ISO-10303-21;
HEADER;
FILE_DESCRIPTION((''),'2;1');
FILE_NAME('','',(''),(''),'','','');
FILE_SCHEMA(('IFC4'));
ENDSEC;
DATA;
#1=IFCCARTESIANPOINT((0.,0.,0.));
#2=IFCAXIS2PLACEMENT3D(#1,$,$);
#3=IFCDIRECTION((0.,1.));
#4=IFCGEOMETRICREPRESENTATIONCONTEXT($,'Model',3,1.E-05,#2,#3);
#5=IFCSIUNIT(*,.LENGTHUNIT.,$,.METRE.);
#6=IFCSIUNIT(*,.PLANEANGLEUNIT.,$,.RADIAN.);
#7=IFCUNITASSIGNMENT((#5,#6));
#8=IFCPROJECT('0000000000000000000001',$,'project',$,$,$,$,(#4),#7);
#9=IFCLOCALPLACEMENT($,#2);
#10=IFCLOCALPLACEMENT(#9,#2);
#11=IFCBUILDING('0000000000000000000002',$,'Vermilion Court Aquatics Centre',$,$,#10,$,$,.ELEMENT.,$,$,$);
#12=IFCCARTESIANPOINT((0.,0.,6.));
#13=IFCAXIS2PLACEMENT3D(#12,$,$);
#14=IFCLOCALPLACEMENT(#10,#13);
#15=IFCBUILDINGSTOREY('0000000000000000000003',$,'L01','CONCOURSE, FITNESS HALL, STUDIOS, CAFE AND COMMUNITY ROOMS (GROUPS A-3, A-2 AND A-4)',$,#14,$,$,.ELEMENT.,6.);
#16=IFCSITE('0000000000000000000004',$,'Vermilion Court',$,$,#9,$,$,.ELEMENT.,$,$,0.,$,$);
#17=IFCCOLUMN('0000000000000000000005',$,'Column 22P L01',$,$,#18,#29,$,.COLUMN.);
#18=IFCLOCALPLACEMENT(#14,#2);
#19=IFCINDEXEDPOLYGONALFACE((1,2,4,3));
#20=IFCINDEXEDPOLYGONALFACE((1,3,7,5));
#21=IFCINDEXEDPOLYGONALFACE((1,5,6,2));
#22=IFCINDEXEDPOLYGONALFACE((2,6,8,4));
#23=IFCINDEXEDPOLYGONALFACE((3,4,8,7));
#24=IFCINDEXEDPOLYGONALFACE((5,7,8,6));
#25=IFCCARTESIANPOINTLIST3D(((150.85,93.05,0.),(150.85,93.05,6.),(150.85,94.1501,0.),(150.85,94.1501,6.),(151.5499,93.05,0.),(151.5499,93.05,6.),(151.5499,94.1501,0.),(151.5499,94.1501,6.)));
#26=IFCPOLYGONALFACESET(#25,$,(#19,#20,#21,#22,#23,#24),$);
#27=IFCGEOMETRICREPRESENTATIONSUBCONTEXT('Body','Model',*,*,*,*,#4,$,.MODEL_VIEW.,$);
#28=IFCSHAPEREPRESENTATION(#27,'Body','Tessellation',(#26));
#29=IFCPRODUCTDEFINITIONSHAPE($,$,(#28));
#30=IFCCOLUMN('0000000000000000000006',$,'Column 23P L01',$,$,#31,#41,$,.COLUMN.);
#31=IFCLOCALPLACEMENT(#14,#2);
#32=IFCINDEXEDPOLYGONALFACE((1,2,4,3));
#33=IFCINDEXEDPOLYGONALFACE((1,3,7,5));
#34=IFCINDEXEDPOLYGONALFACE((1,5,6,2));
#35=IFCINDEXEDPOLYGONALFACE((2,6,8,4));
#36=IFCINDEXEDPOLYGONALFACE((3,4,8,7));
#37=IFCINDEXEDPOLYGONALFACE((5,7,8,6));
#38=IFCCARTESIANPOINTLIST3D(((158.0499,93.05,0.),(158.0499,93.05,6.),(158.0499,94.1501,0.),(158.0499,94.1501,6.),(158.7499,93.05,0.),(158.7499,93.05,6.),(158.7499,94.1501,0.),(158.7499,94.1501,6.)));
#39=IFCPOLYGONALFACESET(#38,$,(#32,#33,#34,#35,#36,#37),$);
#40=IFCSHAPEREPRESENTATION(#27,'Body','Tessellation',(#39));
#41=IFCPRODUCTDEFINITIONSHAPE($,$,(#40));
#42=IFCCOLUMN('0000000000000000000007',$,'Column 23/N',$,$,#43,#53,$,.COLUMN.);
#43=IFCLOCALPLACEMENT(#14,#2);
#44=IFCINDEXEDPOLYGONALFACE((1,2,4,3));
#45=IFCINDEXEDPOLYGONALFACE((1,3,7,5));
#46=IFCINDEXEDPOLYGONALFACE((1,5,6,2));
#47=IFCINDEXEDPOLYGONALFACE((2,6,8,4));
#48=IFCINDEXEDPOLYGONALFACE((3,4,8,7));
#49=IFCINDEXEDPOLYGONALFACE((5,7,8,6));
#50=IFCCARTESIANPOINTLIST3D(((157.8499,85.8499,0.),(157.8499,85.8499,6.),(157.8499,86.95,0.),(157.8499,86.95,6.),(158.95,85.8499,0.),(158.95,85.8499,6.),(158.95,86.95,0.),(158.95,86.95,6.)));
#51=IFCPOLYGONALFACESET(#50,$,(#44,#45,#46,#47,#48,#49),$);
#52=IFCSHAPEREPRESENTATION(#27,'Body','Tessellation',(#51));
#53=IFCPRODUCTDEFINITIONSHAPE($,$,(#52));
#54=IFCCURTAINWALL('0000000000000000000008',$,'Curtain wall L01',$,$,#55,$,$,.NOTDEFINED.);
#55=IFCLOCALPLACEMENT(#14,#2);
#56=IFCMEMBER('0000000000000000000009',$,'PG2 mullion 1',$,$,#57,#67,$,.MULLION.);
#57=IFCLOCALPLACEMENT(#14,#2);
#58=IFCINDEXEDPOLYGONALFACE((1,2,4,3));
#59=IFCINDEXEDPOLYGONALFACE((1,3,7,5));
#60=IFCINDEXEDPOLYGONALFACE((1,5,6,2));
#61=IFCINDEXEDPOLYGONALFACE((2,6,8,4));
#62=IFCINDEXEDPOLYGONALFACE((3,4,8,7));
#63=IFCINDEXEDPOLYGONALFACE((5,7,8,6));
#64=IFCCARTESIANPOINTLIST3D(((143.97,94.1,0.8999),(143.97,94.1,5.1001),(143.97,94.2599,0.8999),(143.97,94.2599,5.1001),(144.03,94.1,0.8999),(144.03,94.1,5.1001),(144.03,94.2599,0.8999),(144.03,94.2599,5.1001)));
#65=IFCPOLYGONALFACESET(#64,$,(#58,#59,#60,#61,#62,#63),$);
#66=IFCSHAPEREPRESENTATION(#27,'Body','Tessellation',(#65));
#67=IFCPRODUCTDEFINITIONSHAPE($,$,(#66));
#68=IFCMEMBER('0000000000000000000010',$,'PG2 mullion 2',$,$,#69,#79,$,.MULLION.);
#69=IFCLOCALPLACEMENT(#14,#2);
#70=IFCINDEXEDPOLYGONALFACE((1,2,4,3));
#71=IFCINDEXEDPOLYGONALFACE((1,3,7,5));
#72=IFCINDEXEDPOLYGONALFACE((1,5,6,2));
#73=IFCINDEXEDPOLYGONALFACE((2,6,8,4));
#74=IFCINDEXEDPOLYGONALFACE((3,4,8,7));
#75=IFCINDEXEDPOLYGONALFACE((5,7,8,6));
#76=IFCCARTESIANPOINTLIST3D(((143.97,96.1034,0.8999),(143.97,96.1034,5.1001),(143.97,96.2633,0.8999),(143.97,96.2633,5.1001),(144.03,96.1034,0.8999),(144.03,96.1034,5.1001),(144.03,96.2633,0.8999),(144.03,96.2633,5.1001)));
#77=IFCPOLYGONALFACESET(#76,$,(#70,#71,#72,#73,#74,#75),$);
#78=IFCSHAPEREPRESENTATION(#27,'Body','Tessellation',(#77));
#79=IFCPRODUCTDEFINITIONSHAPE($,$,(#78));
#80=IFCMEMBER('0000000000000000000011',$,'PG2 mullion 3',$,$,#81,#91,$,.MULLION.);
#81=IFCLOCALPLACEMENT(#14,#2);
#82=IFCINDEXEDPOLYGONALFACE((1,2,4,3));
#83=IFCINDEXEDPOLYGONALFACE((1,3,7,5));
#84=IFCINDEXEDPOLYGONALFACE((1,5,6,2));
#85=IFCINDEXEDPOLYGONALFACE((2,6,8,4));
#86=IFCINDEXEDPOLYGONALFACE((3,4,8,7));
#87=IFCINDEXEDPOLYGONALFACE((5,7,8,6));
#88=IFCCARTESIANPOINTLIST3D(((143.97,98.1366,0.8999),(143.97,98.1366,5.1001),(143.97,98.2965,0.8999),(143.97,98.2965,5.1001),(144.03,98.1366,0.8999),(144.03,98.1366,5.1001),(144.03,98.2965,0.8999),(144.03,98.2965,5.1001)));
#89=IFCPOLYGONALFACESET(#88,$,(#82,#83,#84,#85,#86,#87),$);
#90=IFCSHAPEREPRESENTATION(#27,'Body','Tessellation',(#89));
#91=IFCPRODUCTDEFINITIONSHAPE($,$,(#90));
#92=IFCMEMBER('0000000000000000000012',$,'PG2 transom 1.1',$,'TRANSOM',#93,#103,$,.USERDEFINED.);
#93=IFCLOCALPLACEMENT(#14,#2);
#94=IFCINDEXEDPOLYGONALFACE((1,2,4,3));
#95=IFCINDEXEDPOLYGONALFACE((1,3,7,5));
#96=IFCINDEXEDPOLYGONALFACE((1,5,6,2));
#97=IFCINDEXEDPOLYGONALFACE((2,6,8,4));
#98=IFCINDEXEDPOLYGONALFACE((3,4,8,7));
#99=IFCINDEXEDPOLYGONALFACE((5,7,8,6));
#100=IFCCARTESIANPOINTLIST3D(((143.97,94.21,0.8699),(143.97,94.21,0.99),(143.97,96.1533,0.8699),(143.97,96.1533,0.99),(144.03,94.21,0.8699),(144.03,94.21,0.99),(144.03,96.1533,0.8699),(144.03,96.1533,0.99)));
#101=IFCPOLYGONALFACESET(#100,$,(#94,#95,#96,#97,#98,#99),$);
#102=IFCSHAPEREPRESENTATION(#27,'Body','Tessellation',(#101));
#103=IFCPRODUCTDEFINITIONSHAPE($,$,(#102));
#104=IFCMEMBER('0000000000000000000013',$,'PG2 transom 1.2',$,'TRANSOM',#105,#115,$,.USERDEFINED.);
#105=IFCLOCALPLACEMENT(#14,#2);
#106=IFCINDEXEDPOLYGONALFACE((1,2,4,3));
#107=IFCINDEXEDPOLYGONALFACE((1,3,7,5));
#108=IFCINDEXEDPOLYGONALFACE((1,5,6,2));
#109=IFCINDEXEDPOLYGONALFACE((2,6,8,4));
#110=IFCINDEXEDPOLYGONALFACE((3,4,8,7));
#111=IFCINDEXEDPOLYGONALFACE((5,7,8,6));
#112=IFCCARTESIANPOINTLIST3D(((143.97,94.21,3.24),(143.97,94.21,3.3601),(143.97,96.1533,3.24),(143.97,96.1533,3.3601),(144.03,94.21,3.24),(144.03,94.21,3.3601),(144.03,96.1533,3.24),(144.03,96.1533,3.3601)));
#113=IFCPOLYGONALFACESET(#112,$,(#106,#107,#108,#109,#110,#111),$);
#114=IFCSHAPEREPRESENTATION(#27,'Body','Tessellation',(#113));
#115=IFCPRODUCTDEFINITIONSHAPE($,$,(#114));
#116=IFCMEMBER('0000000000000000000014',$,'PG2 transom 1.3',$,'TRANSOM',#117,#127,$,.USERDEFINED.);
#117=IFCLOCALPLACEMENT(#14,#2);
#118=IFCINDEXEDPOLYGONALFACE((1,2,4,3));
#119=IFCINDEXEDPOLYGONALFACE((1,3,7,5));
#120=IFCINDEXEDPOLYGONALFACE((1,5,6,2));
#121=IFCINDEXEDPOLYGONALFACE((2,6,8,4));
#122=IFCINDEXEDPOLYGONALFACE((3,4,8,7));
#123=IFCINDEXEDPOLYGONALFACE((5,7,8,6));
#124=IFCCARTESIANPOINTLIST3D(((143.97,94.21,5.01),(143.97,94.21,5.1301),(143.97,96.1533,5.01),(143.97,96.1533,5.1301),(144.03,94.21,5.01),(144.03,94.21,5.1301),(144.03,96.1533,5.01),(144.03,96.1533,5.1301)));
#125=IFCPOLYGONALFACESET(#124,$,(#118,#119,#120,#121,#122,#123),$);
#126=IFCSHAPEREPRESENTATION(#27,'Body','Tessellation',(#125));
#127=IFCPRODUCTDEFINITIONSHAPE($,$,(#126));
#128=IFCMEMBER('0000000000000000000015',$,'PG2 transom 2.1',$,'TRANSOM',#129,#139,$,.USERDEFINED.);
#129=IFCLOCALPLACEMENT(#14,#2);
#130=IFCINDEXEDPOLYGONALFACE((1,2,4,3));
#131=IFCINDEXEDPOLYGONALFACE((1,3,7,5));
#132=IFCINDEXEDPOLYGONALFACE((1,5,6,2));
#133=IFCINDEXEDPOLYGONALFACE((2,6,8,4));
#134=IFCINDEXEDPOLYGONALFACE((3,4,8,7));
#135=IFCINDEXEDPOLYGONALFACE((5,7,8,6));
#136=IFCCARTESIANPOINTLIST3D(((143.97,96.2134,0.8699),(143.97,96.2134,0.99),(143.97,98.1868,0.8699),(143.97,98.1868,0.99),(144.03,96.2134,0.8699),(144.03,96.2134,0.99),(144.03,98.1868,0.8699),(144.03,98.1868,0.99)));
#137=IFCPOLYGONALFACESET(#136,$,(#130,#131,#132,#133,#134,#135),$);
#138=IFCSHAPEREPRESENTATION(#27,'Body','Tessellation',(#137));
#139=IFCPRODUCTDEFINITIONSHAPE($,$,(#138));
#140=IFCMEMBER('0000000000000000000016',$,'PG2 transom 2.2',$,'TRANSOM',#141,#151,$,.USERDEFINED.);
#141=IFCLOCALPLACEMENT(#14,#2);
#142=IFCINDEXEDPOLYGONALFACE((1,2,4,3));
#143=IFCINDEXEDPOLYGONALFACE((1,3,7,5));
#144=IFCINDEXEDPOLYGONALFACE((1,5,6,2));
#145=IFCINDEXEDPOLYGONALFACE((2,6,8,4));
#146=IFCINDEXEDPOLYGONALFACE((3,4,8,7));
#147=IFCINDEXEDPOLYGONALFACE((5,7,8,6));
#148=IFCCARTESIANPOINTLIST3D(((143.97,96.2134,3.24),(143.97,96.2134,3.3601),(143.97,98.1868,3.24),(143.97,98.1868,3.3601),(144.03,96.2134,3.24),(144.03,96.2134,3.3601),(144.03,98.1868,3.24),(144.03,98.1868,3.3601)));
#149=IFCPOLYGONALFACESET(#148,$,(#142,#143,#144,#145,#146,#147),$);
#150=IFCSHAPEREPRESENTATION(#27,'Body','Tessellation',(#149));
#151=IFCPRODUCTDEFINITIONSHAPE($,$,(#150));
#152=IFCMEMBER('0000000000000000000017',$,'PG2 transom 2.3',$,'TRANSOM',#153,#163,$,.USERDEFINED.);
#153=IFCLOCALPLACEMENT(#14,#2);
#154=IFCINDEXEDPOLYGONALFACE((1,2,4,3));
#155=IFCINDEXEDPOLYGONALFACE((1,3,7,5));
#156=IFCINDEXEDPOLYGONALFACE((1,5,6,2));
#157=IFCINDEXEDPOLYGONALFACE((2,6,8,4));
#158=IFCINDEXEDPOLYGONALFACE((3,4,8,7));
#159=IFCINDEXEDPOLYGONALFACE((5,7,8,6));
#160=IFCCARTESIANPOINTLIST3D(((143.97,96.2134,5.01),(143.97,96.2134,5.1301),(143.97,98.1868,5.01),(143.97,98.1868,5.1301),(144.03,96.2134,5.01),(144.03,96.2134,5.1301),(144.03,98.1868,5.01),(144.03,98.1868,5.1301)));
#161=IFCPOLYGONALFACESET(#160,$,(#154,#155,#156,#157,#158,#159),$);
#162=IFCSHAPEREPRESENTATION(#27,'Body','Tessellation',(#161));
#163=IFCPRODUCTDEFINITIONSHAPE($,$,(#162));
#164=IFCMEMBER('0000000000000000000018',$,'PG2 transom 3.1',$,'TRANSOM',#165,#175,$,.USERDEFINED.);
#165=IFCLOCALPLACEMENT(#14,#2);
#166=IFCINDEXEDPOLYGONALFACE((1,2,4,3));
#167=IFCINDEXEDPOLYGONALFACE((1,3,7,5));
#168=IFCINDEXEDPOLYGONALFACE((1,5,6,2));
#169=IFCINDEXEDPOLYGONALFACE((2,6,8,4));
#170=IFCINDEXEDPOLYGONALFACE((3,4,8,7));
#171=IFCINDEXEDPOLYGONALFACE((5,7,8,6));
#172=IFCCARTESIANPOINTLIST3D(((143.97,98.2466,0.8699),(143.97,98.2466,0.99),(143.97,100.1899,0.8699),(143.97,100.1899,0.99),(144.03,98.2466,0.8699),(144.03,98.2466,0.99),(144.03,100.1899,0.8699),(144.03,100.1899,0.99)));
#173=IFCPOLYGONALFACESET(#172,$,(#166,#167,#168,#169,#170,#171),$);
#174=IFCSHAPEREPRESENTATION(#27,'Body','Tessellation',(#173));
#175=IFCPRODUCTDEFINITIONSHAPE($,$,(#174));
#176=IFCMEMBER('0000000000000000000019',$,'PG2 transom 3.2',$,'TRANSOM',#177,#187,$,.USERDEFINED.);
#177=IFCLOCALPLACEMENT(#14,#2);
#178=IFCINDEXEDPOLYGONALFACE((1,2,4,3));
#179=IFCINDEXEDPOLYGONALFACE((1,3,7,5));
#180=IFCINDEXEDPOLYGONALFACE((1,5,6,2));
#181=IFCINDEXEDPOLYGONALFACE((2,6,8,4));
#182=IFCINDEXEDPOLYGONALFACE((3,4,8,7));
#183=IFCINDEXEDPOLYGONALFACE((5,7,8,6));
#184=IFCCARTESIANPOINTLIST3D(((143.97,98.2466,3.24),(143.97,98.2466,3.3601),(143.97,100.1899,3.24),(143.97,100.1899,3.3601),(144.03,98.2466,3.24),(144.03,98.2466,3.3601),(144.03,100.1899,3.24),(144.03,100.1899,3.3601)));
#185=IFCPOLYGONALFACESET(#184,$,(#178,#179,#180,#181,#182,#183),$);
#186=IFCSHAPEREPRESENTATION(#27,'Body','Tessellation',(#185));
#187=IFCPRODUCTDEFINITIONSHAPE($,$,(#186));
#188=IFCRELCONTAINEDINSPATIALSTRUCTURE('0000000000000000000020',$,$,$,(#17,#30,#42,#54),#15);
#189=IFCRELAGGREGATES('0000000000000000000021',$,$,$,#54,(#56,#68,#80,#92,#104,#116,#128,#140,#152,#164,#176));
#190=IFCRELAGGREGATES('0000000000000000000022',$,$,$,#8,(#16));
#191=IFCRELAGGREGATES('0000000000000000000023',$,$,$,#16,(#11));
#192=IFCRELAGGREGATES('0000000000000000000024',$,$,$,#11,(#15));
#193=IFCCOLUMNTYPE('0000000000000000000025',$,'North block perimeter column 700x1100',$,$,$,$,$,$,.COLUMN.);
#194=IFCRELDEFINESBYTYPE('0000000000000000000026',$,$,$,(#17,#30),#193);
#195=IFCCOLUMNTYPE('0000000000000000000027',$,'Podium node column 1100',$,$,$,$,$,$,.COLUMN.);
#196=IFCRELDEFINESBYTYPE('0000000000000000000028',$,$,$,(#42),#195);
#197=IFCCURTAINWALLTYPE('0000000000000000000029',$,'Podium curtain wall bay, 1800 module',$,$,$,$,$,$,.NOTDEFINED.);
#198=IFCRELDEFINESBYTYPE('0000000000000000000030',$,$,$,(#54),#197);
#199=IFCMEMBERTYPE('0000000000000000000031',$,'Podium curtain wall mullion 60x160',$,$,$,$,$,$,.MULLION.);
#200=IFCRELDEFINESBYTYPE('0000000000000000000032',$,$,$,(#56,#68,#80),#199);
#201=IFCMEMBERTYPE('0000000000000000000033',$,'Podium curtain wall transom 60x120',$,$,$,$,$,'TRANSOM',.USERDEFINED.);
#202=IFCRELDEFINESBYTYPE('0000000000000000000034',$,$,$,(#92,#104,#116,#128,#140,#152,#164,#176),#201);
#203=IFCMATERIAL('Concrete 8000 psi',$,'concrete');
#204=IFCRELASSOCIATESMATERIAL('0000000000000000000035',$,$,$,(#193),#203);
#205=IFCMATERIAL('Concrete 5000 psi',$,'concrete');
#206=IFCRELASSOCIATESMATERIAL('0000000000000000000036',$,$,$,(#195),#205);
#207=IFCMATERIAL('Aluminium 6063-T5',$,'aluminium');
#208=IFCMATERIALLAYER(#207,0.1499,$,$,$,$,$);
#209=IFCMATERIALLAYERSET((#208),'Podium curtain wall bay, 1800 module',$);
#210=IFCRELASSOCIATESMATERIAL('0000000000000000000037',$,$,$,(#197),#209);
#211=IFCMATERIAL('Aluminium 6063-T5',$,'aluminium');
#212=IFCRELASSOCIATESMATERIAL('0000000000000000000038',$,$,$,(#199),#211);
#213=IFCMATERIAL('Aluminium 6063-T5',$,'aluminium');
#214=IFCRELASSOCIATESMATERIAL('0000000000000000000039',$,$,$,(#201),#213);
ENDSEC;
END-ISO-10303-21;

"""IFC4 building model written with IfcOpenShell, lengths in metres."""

from ifc_helpers import new_model, si_unit, direction, frame, origin, origin_2d, place, context, subcontext, project, spatial, rectangle, extrude, material, layer, layer_set, material_profile, profile_set, type_object, element, aggregate, save


model = new_model("IFC4")

# Units and contexts
model_context = context("Model", 3, precision=1e-05, world=origin(), true_north=direction((0.0, 1.0)))
body_context = subcontext(model_context, "Body", "Model", "MODEL_VIEW")
ifc_project = project(units=[si_unit("LENGTHUNIT", "METRE"), si_unit("PLANEANGLEUNIT", "RADIAN")], contexts=[model_context])

# Site, building, storey
site_placement = place(None, origin())
site = spatial("IfcSite", under=ifc_project, at=site_placement, Name="Vermilion Court", CompositionType="ELEMENT", RefElevation=0.0)
building_placement = place(site_placement, origin())
building = spatial("IfcBuilding", under=site, at=building_placement, Name="Vermilion Court Aquatics Centre", CompositionType="ELEMENT")
storey_placement = place(building_placement, frame((0.0, 0.0, 6.0)))
storey = spatial("IfcBuildingStorey", under=building, at=storey_placement, Name="L01", Description="CONCOURSE, FITNESS HALL, STUDIOS, CAFE AND COMMUNITY ROOMS (GROUPS A-3, A-2 AND A-4)", CompositionType="ELEMENT", Elevation=6.0)

# Columns
ifc_material_1 = material(Name="Concrete 8000 psi", Category="concrete")
ifc_material_profile_1 = material_profile(ifc_material_1, rectangle(XDim=0.7, YDim=1.1001, at=origin_2d()), Name="RC 700x1100")
ifc_profile_set_1 = profile_set([ifc_material_profile_1], Name="Concrete 8000 psi")
column_type_1 = type_object("IfcColumnType", Name="North block perimeter column 700x1100", PredefinedType="COLUMN", material=ifc_profile_set_1)
for number, where, z_axis, x_axis, name in (
    (1, (151.2, 93.6001, 0.0), (0.0, 0.0, 1.0), (1.0, 0.0, 0.0), "Column 22P L01"),
    (2, (158.3999, 93.6001, 0.0), (0.0, 0.0, 1.0), (1.0, 0.0, 0.0), "Column 23P L01"),
):
    element("IfcColumn", number, at=place(storey_placement, frame(where, z_axis=z_axis, x_axis=x_axis)), inside=storey, type_object=column_type_1, Name=name, PredefinedType="COLUMN", context=body_context, shape_type="SweptSolid", body=[
        extrude(rectangle(XDim=0.7, YDim=1.1001, at=origin_2d()), origin(), (0.0, 0.0, 1.0), 6.0),
    ])
ifc_material_2 = material(Name="Concrete 5000 psi", Category="concrete")
ifc_material_profile_2 = material_profile(ifc_material_2, rectangle(XDim=1.1001, YDim=1.1001, at=origin_2d()), Name="RC 1100x1100")
ifc_profile_set_2 = profile_set([ifc_material_profile_2], Name="Concrete 5000 psi")
column_type_2 = type_object("IfcColumnType", Name="Podium node column 1100", PredefinedType="COLUMN", material=ifc_profile_set_2)
column_placement = place(storey_placement, frame((158.3999, 86.3999, 0.0), z_axis=(0.0, 0.0, 1.0), x_axis=(1.0, 0.0, 0.0)))
element("IfcColumn", 3, at=column_placement, inside=storey, type_object=column_type_2, Name="Column 23/N", PredefinedType="COLUMN", context=body_context, shape_type="SweptSolid", body=[
    extrude(rectangle(XDim=1.1001, YDim=1.1001, at=origin_2d()), origin(), (0.0, 0.0, 1.0), 6.0),
])

# Curtain wall, members
ifc_material_3 = material(Name="Aluminium 6063-T5", Category="aluminium")
ifc_layer_1 = layer(ifc_material_3, 0.1499)
ifc_layer_set_1 = layer_set([ifc_layer_1], Name="Podium curtain wall bay, 1800 module")
curtain_wall_type = type_object("IfcCurtainWallType", Name="Podium curtain wall bay, 1800 module", PredefinedType="NOTDEFINED", material=ifc_layer_set_1)
curtain_wall_placement = place(storey_placement, origin())
curtain_wall = element("IfcCurtainWall", 4, at=curtain_wall_placement, inside=storey, type_object=curtain_wall_type, Name="Curtain wall L01", PredefinedType="NOTDEFINED")
ifc_material_4 = material(Name="Aluminium 6063-T5", Category="aluminium")
ifc_material_profile_3 = material_profile(ifc_material_4, rectangle(XDim=0.0601, YDim=0.1599, at=origin_2d()), Name="Mullion 60x160")
ifc_profile_set_3 = profile_set([ifc_material_profile_3], Name="Aluminium 6063-T5")
member_type_1 = type_object("IfcMemberType", Name="Podium curtain wall mullion 60x160", PredefinedType="MULLION", material=ifc_profile_set_3)
member_1_placement = place(storey_placement, frame((144.0, 94.1799, 0.8999), z_axis=(0.0, 0.0, 1.0), x_axis=(-1.0, 0.0, 0.0)))
member_1 = element("IfcMember", 5, at=member_1_placement, type_object=member_type_1, Name="PG2 mullion 1", PredefinedType="MULLION", context=body_context, shape_type="SweptSolid", body=[
    extrude(rectangle(XDim=0.0601, YDim=0.1599, at=origin_2d()), origin(), (0.0, 0.0, 1.0), 4.2002),
])
member_2_placement = place(storey_placement, frame((144.0, 96.1833, 0.8999), z_axis=(0.0, 0.0, 1.0), x_axis=(-1.0, 0.0, 0.0)))
member_2 = element("IfcMember", 6, at=member_2_placement, type_object=member_type_1, Name="PG2 mullion 2", PredefinedType="MULLION", context=body_context, shape_type="SweptSolid", body=[
    extrude(rectangle(XDim=0.0601, YDim=0.1599, at=origin_2d()), origin(), (0.0, 0.0, 1.0), 4.2002),
])
member_3_placement = place(storey_placement, frame((144.0, 98.2166, 0.8999), z_axis=(0.0, 0.0, 1.0), x_axis=(-1.0, 0.0, 0.0)))
member_3 = element("IfcMember", 7, at=member_3_placement, type_object=member_type_1, Name="PG2 mullion 3", PredefinedType="MULLION", context=body_context, shape_type="SweptSolid", body=[
    extrude(rectangle(XDim=0.0601, YDim=0.1599, at=origin_2d()), origin(), (0.0, 0.0, 1.0), 4.2002),
])
ifc_material_5 = material(Name="Aluminium 6063-T5", Category="aluminium")
ifc_material_profile_4 = material_profile(ifc_material_5, rectangle(XDim=0.0601, YDim=0.1201, at=origin_2d()), Name="Transom 60x120")
ifc_profile_set_4 = profile_set([ifc_material_profile_4], Name="Aluminium 6063-T5")
member_type_2 = type_object("IfcMemberType", Name="Podium curtain wall transom 60x120", ElementType="TRANSOM", PredefinedType="USERDEFINED", material=ifc_profile_set_4)
member_4_placement = place(storey_placement, frame((144.0, 94.21, 0.9299), z_axis=(0.0, 1.0, 0.0), x_axis=(-1.0, 0.0, 0.0)))
member_4 = element("IfcMember", 8, at=member_4_placement, type_object=member_type_2, Name="PG2 transom 1.1", ObjectType="TRANSOM", PredefinedType="USERDEFINED", context=body_context, shape_type="SweptSolid", body=[
    extrude(rectangle(XDim=0.0601, YDim=0.1201, at=origin_2d()), origin(), (0.0, 0.0, 1.0), 1.9434),
])
member_5_placement = place(storey_placement, frame((144.0, 94.21, 3.3), z_axis=(0.0, 1.0, 0.0), x_axis=(-1.0, 0.0, 0.0)))
member_5 = element("IfcMember", 9, at=member_5_placement, type_object=member_type_2, Name="PG2 transom 1.2", ObjectType="TRANSOM", PredefinedType="USERDEFINED", context=body_context, shape_type="SweptSolid", body=[
    extrude(rectangle(XDim=0.0601, YDim=0.1201, at=origin_2d()), origin(), (0.0, 0.0, 1.0), 1.9434),
])
member_6_placement = place(storey_placement, frame((144.0, 94.21, 5.0701), z_axis=(0.0, 1.0, 0.0), x_axis=(-1.0, 0.0, 0.0)))
member_6 = element("IfcMember", 10, at=member_6_placement, type_object=member_type_2, Name="PG2 transom 1.3", ObjectType="TRANSOM", PredefinedType="USERDEFINED", context=body_context, shape_type="SweptSolid", body=[
    extrude(rectangle(XDim=0.0601, YDim=0.1201, at=origin_2d()), origin(), (0.0, 0.0, 1.0), 1.9434),
])
member_7_placement = place(storey_placement, frame((144.0, 96.2134, 0.9299), z_axis=(0.0, 1.0, 0.0), x_axis=(-1.0, 0.0, 0.0)))
member_7 = element("IfcMember", 11, at=member_7_placement, type_object=member_type_2, Name="PG2 transom 2.1", ObjectType="TRANSOM", PredefinedType="USERDEFINED", context=body_context, shape_type="SweptSolid", body=[
    extrude(rectangle(XDim=0.0601, YDim=0.1201, at=origin_2d()), origin(), (0.0, 0.0, 1.0), 1.9734),
])
member_8_placement = place(storey_placement, frame((144.0, 96.2134, 3.3), z_axis=(0.0, 1.0, 0.0), x_axis=(-1.0, 0.0, 0.0)))
member_8 = element("IfcMember", 12, at=member_8_placement, type_object=member_type_2, Name="PG2 transom 2.2", ObjectType="TRANSOM", PredefinedType="USERDEFINED", context=body_context, shape_type="SweptSolid", body=[
    extrude(rectangle(XDim=0.0601, YDim=0.1201, at=origin_2d()), origin(), (0.0, 0.0, 1.0), 1.9734),
])
member_9_placement = place(storey_placement, frame((144.0, 96.2134, 5.0701), z_axis=(0.0, 1.0, 0.0), x_axis=(-1.0, 0.0, 0.0)))
member_9 = element("IfcMember", 13, at=member_9_placement, type_object=member_type_2, Name="PG2 transom 2.3", ObjectType="TRANSOM", PredefinedType="USERDEFINED", context=body_context, shape_type="SweptSolid", body=[
    extrude(rectangle(XDim=0.0601, YDim=0.1201, at=origin_2d()), origin(), (0.0, 0.0, 1.0), 1.9734),
])
member_10_placement = place(storey_placement, frame((144.0, 98.2466, 0.9299), z_axis=(0.0, 1.0, 0.0), x_axis=(-1.0, 0.0, 0.0)))
member_10 = element("IfcMember", 14, at=member_10_placement, type_object=member_type_2, Name="PG2 transom 3.1", ObjectType="TRANSOM", PredefinedType="USERDEFINED", context=body_context, shape_type="SweptSolid", body=[
    extrude(rectangle(XDim=0.0601, YDim=0.1201, at=origin_2d()), origin(), (0.0, 0.0, 1.0), 1.9434),
])
member_11_placement = place(storey_placement, frame((144.0, 98.2466, 3.3), z_axis=(0.0, 1.0, 0.0), x_axis=(-1.0, 0.0, 0.0)))
member_11 = element("IfcMember", 15, at=member_11_placement, type_object=member_type_2, Name="PG2 transom 3.2", ObjectType="TRANSOM", PredefinedType="USERDEFINED", context=body_context, shape_type="SweptSolid", body=[
    extrude(rectangle(XDim=0.0601, YDim=0.1201, at=origin_2d()), origin(), (0.0, 0.0, 1.0), 1.9434),
])

aggregate(curtain_wall, [member_1, member_2, member_3, member_4, member_5, member_6, member_7, member_8, member_9, member_10, member_11])

save(model, "model.ifc")
